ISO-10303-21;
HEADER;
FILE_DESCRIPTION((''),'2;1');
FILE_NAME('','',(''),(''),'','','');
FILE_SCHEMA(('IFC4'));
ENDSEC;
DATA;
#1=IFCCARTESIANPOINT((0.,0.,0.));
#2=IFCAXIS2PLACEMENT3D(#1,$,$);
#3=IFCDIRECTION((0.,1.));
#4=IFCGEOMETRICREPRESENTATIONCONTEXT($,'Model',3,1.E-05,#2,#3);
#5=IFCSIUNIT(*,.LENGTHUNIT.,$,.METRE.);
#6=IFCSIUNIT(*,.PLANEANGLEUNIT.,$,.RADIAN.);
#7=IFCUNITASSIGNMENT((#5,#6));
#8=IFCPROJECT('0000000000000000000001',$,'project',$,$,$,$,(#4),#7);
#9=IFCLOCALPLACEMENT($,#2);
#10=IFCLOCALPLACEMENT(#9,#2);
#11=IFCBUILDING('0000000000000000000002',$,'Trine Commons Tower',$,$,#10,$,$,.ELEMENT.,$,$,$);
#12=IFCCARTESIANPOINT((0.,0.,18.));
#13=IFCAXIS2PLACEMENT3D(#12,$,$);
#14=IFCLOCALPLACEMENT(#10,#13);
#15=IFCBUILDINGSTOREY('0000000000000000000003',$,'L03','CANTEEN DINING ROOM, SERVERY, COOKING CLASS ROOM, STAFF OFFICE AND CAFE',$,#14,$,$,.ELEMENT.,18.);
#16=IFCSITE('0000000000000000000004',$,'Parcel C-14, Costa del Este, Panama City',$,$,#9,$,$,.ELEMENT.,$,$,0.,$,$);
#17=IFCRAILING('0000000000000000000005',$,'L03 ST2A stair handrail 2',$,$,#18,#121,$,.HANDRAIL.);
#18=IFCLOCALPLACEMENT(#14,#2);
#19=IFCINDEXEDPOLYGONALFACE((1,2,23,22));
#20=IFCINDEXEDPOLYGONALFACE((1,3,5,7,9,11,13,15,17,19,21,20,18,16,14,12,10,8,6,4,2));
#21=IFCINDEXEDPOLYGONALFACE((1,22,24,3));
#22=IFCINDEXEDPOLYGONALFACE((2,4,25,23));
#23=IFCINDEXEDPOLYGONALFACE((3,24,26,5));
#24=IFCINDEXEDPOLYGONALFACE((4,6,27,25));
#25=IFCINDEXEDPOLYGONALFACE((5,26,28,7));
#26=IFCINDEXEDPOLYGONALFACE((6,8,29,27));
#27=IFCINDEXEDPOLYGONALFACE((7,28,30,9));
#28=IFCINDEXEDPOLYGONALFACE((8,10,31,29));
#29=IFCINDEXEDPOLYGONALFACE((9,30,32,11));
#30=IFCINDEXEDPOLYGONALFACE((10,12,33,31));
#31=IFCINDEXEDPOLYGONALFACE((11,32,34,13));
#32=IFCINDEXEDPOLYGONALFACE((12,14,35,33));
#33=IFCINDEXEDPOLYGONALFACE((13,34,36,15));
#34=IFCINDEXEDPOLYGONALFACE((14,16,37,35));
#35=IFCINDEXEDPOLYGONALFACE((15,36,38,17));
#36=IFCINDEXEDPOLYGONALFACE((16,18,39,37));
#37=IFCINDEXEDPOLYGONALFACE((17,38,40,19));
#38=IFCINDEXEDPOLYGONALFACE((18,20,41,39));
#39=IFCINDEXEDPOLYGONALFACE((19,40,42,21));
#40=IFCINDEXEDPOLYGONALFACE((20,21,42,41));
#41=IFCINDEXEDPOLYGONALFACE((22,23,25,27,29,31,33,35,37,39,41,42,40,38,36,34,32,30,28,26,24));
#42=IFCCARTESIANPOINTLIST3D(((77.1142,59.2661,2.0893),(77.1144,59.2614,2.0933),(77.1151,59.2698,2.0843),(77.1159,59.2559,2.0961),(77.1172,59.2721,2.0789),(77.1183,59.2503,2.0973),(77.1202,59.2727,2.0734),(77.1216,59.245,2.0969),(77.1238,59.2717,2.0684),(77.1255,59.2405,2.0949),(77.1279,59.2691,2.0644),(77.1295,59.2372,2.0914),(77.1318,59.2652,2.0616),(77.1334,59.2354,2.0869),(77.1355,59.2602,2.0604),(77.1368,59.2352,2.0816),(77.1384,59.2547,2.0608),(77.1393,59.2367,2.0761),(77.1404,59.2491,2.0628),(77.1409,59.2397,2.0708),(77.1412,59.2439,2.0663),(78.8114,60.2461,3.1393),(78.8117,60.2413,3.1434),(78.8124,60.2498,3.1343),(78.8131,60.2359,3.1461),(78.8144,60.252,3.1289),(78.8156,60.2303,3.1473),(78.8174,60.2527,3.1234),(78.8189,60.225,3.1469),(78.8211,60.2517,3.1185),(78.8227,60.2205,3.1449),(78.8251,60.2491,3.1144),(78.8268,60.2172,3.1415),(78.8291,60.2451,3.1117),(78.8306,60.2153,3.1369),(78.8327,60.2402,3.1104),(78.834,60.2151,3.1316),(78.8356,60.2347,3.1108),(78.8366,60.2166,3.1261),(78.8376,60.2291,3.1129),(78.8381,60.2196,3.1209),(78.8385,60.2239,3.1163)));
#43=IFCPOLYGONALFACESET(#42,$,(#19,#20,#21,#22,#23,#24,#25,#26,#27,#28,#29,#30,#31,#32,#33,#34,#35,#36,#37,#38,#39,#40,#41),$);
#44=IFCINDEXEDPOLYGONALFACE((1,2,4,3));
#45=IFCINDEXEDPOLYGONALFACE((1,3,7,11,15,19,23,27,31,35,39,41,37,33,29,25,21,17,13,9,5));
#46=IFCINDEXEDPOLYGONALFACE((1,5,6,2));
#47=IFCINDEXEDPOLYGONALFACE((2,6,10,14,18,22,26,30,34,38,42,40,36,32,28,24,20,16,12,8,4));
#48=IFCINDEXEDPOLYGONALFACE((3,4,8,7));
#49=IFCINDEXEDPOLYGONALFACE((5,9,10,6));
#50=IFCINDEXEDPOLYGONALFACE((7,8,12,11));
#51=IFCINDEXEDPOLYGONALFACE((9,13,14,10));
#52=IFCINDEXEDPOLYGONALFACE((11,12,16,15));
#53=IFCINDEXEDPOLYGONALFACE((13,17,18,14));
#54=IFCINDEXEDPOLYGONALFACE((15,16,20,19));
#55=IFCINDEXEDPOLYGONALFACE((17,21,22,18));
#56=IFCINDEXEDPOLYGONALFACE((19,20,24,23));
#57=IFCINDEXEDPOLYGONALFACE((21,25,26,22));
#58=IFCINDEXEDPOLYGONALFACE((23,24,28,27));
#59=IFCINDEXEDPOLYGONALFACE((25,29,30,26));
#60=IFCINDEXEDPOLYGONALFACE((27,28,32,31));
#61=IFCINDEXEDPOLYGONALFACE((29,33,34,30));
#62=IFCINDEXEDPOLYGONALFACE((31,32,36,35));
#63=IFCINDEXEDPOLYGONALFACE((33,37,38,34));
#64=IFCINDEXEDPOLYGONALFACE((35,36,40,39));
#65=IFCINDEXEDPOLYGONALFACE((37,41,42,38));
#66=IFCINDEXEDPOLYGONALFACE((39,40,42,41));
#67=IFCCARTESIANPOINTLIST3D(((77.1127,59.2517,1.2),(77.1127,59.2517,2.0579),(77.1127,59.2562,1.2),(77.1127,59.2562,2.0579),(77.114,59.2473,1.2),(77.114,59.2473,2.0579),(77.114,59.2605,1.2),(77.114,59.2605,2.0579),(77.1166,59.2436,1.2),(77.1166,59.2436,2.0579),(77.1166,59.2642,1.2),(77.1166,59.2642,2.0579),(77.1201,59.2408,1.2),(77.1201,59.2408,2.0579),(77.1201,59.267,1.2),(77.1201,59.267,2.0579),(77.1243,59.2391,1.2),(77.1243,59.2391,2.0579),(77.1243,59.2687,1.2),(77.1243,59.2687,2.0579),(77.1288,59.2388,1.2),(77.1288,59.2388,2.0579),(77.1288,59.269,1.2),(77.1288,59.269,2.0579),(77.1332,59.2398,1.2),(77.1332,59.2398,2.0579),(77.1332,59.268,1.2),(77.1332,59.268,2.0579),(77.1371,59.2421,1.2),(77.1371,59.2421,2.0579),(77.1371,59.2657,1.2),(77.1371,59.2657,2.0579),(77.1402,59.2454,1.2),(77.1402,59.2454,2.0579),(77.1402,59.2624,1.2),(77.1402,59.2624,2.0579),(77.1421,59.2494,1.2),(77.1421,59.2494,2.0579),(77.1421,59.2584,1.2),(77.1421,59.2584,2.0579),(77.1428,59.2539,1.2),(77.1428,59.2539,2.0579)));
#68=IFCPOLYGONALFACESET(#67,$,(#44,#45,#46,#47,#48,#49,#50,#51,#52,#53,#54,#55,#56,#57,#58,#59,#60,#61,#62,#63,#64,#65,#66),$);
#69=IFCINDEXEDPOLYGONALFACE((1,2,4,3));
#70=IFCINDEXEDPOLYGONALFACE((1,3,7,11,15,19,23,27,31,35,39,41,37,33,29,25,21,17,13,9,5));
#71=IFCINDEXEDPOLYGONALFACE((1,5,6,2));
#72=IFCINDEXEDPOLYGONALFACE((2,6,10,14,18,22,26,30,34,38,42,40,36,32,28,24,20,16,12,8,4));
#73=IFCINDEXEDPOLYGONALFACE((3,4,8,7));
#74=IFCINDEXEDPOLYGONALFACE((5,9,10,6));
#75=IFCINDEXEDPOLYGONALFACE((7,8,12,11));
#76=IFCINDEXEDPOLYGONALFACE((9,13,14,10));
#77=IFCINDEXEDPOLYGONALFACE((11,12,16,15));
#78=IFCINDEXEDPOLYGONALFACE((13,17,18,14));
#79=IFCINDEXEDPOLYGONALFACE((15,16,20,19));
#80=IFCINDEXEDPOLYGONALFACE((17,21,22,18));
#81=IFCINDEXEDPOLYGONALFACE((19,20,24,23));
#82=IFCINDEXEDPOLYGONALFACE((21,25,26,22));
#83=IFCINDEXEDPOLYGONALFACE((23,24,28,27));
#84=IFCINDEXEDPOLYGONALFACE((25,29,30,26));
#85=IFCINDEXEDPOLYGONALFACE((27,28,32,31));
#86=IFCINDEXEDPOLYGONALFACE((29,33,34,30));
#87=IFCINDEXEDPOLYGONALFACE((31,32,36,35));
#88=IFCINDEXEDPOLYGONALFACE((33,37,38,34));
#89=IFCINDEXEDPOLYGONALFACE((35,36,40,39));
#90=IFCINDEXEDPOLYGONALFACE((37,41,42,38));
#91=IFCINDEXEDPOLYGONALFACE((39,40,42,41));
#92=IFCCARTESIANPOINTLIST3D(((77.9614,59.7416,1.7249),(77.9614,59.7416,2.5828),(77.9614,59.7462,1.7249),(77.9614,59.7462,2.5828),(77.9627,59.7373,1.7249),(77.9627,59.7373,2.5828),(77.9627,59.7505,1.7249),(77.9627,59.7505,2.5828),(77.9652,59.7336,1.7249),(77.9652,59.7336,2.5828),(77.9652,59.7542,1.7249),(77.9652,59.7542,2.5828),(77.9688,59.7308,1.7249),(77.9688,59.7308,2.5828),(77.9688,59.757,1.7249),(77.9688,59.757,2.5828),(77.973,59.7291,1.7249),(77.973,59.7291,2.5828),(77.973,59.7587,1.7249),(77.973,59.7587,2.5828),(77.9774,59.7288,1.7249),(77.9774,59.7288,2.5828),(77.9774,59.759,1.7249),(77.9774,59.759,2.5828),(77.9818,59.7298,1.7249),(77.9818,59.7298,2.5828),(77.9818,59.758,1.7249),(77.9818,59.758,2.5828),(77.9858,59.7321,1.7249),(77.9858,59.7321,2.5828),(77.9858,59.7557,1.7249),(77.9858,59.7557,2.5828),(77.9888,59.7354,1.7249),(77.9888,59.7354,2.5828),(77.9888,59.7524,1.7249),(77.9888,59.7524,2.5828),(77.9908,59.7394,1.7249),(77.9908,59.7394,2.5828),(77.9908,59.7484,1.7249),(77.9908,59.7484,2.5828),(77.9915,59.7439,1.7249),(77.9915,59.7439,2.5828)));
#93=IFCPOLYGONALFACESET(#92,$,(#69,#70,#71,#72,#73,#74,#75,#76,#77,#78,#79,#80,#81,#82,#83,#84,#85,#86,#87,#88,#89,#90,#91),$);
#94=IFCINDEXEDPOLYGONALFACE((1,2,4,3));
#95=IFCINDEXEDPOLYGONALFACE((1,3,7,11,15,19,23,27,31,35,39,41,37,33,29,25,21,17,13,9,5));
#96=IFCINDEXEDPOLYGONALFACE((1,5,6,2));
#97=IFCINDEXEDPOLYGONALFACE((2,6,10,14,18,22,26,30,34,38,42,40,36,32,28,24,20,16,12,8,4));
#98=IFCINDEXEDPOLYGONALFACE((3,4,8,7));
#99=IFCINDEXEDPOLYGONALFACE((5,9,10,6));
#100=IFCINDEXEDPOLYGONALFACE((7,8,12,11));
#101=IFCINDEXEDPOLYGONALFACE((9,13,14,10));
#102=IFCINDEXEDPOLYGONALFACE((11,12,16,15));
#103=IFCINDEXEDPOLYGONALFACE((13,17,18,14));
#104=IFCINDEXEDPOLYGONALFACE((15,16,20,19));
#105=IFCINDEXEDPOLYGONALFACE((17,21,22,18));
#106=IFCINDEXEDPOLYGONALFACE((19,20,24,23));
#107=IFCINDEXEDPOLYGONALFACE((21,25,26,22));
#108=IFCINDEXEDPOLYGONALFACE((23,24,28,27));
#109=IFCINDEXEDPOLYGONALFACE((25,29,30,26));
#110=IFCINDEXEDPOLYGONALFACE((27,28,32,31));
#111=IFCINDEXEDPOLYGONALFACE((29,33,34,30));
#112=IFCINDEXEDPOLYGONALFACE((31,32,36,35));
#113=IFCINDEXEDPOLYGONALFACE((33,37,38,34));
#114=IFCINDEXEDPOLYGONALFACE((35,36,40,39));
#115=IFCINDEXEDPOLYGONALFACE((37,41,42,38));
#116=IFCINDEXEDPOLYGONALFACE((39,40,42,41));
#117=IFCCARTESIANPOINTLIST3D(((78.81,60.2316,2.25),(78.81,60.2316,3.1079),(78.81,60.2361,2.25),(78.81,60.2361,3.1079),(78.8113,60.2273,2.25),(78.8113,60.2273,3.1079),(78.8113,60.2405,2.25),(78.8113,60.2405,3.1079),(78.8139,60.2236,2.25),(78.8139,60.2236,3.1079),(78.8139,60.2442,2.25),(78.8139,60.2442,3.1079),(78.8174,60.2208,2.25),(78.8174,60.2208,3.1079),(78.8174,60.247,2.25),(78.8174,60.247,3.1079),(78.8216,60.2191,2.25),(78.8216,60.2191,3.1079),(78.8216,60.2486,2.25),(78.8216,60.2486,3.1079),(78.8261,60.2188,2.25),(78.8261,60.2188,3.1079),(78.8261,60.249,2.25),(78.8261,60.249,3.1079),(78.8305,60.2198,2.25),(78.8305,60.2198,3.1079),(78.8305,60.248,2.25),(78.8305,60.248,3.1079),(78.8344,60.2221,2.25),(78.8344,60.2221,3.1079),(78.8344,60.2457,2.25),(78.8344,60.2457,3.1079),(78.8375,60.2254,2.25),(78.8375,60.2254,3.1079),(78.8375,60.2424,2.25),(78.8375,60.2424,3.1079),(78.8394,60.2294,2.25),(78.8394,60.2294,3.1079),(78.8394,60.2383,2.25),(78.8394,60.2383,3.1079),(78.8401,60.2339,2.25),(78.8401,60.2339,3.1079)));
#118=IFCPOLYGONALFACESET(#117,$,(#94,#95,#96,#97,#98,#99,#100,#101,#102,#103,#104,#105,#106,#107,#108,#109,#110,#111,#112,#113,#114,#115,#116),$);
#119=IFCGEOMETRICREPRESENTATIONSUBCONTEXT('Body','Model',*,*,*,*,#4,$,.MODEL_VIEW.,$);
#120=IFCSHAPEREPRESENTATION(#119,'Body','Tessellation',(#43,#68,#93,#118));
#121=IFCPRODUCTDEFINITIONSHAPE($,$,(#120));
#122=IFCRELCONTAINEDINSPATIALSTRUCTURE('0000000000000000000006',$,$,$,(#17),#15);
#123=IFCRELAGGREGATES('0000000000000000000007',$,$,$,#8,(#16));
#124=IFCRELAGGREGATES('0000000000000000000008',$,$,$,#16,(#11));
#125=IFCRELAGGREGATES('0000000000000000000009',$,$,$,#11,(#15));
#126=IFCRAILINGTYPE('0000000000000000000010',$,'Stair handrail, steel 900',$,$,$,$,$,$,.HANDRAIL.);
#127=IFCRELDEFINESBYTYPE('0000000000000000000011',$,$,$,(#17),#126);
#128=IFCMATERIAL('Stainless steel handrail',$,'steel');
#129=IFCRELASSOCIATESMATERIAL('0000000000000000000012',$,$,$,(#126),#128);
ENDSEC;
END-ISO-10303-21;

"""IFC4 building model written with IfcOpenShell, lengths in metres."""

from ifc_helpers import new_model, si_unit, direction, frame, origin, origin_2d, place, context, subcontext, project, spatial, circle, extrude, material, type_object, element, save


model = new_model("IFC4")

# Units and contexts
model_context = context("Model", 3, precision=1e-05, world=origin(), true_north=direction((0.0, 1.0)))
body_context = subcontext(model_context, "Body", "Model", "MODEL_VIEW")
ifc_project = project(units=[si_unit("LENGTHUNIT", "METRE"), si_unit("PLANEANGLEUNIT", "RADIAN")], contexts=[model_context])

# Site, building, storey
site_placement = place(None, origin())
site = spatial("IfcSite", under=ifc_project, at=site_placement, Name="Parcel C-14, Costa del Este, Panama City", CompositionType="ELEMENT", RefElevation=0.0)
building_placement = place(site_placement, origin())
building = spatial("IfcBuilding", under=site, at=building_placement, Name="Trine Commons Tower", CompositionType="ELEMENT")
storey_placement = place(building_placement, frame((0.0, 0.0, 18.0)))
storey = spatial("IfcBuildingStorey", under=building, at=storey_placement, Name="L03", Description="CANTEEN DINING ROOM, SERVERY, COOKING CLASS ROOM, STAFF OFFICE AND CAFE", CompositionType="ELEMENT", Elevation=18.0)

# Railing
ifc_material_1 = material(Name="Stainless steel handrail", Category="steel")
railing_type = type_object("IfcRailingType", Name="Stair handrail, steel 900", PredefinedType="HANDRAIL", material=ifc_material_1)
railing_1_placement = place(storey_placement, frame((77.1277, 59.2539, 1.2)))
element("IfcRailing", 1, at=railing_1_placement, inside=storey, type_object=railing_type, Name="L03 ST2A stair handrail 2", PredefinedType="HANDRAIL", context=body_context, shape_type="SweptSolid", body=[
    extrude(circle(Radius=0.021, at=origin_2d()), frame((0.0, 0.0, 0.8789), z_axis=(0.763352, 0.44075, 0.472264), x_axis=(-0.500024, 0.866011, 0.0)), (0.0, 0.0, 1.0), 2.2234),
    extrude(circle(Radius=0.0151, at=origin_2d()), origin(), (0.0, 0.0, 1.0), 0.8579),
    extrude(circle(Radius=0.0151, at=origin_2d()), frame((0.8486, 0.49, 0.5249)), (0.0, 0.0, 1.0), 0.8579),
    extrude(circle(Radius=0.0151, at=origin_2d()), frame((1.6973, 0.98, 1.05)), (0.0, 0.0, 1.0), 0.8579),
])

save(model, "model.ifc")
